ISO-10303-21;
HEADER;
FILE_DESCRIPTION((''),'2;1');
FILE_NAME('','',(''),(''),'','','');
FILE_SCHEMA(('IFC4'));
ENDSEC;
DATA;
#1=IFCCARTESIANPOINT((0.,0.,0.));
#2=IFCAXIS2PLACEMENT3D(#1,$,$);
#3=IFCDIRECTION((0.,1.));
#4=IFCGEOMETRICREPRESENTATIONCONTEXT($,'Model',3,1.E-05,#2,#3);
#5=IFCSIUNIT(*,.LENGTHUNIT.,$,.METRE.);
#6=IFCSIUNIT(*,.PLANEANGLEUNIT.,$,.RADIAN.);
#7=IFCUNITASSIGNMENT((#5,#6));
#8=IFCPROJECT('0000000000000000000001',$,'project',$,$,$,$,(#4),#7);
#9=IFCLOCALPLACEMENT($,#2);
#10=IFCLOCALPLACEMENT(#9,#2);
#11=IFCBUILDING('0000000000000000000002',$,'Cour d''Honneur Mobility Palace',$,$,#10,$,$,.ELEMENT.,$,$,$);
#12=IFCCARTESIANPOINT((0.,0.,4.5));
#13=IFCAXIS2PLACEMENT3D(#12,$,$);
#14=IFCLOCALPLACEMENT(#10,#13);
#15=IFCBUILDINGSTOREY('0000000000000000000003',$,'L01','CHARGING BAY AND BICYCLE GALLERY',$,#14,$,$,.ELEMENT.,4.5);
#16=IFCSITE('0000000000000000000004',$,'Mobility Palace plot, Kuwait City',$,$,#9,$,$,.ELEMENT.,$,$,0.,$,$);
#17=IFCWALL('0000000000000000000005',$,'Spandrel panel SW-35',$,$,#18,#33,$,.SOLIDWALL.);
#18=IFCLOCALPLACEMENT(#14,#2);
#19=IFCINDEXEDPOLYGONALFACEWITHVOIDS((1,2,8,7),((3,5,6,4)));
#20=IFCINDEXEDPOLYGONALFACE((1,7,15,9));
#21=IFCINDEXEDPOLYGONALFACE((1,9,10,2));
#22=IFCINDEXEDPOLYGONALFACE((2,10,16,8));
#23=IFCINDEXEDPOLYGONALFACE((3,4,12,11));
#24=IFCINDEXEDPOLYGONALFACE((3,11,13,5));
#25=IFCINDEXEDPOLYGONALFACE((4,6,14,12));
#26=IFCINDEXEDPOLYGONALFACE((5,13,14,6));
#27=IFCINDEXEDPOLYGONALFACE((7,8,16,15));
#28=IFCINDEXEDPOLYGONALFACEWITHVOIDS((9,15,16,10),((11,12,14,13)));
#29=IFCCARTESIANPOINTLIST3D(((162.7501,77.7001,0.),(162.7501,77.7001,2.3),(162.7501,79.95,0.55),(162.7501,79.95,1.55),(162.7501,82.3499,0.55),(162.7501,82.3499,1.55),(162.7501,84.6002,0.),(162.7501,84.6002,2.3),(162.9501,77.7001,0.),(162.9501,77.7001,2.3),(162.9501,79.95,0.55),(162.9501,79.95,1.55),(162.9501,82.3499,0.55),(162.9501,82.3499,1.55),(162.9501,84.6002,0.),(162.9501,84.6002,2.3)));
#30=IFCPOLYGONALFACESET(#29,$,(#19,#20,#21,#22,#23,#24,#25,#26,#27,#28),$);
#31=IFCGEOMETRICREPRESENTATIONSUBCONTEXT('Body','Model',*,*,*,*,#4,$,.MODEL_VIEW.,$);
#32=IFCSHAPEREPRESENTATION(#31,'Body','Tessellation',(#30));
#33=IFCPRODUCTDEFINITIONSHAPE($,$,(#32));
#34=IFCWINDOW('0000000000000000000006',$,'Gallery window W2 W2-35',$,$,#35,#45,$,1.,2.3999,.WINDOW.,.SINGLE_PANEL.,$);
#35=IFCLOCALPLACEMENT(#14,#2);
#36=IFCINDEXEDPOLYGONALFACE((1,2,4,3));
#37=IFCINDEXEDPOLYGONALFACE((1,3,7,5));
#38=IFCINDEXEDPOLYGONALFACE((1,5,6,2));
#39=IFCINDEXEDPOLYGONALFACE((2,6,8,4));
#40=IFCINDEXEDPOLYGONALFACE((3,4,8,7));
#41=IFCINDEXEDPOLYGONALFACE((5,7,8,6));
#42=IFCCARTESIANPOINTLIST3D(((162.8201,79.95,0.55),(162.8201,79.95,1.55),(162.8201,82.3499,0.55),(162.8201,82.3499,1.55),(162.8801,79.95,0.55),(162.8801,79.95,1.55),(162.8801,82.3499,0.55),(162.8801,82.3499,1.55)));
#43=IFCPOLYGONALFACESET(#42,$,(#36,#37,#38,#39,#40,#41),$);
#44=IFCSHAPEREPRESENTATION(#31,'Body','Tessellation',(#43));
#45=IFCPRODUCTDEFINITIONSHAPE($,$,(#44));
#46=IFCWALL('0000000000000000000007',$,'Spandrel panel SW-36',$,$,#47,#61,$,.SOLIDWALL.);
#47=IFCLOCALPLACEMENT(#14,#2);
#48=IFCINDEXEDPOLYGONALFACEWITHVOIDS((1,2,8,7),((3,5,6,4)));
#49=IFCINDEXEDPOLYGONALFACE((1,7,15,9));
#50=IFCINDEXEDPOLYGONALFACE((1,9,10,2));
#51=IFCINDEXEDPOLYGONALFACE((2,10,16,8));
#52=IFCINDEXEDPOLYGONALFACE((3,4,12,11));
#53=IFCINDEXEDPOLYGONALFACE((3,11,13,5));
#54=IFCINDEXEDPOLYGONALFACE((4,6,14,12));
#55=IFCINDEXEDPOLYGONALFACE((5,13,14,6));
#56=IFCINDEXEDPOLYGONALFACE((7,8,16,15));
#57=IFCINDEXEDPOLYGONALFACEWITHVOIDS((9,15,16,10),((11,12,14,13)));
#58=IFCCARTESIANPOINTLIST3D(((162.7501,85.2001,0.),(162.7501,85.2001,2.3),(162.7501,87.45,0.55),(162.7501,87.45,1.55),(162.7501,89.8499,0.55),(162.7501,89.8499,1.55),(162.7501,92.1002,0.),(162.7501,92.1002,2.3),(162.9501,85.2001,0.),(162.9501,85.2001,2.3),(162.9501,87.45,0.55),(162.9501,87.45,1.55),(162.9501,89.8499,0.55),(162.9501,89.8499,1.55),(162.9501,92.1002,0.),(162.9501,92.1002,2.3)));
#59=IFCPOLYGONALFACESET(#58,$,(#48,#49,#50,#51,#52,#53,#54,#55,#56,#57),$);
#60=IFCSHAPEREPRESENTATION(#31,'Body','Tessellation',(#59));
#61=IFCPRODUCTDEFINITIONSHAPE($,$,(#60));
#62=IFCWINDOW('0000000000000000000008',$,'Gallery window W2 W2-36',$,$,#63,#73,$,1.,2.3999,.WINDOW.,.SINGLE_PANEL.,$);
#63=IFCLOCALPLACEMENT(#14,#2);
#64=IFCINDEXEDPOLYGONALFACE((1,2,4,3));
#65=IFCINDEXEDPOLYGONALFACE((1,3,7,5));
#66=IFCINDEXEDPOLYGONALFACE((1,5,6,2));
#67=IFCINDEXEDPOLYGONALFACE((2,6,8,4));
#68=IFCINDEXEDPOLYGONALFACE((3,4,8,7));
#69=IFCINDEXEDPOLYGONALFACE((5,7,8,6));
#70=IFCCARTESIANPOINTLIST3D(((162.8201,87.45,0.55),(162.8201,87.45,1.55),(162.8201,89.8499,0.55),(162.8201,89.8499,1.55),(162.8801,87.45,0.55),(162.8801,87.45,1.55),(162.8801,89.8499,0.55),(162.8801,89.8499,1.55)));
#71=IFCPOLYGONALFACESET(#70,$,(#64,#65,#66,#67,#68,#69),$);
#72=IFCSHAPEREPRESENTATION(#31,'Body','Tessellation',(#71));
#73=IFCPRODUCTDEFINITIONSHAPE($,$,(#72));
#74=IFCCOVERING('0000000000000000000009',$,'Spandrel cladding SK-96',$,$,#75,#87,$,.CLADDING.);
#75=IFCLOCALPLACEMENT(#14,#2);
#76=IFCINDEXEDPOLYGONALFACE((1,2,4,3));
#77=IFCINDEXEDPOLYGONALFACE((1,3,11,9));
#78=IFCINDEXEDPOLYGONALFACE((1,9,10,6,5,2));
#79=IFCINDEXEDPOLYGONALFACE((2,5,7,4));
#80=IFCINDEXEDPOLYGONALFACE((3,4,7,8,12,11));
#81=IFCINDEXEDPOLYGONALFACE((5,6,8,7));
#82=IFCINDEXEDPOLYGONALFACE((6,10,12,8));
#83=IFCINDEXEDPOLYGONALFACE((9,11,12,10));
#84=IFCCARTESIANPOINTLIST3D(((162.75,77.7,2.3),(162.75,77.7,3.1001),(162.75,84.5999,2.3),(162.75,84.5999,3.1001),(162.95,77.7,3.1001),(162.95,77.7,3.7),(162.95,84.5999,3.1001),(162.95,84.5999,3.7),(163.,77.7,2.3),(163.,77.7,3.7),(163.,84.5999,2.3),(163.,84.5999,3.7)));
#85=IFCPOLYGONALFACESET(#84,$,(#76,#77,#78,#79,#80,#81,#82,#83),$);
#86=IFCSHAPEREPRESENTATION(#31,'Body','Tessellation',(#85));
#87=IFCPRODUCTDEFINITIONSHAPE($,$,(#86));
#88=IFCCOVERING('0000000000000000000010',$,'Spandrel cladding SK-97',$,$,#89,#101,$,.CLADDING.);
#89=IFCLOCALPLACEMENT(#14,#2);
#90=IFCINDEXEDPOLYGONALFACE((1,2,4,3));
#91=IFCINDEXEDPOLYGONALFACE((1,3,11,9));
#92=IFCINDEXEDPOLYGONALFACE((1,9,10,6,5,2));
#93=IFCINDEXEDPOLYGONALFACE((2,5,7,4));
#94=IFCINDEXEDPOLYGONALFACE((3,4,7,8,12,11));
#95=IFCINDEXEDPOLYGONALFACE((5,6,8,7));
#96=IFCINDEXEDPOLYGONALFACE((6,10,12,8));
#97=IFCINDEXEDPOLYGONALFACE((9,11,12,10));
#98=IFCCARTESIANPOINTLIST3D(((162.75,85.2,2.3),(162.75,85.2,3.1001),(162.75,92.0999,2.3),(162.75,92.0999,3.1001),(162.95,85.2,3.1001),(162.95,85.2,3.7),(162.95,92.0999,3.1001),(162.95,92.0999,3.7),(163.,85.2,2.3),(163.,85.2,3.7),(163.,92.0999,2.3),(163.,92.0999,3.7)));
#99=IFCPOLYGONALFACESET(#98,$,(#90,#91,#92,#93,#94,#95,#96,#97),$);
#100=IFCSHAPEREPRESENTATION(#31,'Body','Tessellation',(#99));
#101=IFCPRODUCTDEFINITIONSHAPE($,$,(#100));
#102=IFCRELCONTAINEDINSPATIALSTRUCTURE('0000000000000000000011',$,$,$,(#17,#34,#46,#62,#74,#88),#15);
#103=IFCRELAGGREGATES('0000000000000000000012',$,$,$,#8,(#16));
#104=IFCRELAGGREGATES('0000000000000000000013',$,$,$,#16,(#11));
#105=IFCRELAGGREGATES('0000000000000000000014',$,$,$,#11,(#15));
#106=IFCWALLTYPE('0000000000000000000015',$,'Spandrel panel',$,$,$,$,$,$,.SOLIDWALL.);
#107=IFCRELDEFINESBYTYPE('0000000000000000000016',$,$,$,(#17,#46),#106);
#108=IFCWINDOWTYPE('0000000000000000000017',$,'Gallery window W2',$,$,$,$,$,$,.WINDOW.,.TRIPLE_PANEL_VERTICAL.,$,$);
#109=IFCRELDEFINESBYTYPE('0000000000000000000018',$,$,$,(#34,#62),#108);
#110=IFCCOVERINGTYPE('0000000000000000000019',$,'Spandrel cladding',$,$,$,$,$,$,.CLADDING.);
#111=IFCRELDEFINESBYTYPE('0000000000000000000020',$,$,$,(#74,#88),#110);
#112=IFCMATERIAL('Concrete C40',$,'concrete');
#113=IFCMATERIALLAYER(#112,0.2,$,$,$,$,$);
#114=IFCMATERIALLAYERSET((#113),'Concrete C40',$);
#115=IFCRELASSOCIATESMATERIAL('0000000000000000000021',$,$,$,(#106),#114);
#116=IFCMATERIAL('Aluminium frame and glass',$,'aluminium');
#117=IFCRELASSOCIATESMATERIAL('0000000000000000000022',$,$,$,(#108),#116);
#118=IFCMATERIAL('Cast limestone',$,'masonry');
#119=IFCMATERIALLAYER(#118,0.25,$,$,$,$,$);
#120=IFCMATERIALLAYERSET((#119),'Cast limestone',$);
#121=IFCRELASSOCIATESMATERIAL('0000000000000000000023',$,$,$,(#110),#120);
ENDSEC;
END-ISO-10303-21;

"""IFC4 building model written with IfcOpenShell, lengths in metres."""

from ifc_helpers import new_model, si_unit, direction, frame, frame_2d, origin, place, context, subcontext, project, spatial, polyline, rectangle, outline, extrude, material, layer, layer_set, type_object, element, fill, save


model = new_model("IFC4")

# Units and contexts
model_context = context("Model", 3, precision=1e-05, world=origin(), true_north=direction((0.0, 1.0)))
body_context = subcontext(model_context, "Body", "Model", "MODEL_VIEW")
ifc_project = project(units=[si_unit("LENGTHUNIT", "METRE"), si_unit("PLANEANGLEUNIT", "RADIAN")], contexts=[model_context])

# Site, building, storey
site_placement = place(None, origin())
site = spatial("IfcSite", under=ifc_project, at=site_placement, Name="Mobility Palace plot, Kuwait City", CompositionType="ELEMENT", RefElevation=0.0)
building_placement = place(site_placement, origin())
building = spatial("IfcBuilding", under=site, at=building_placement, Name="Cour d'Honneur Mobility Palace", CompositionType="ELEMENT")
storey_placement = place(building_placement, frame((0.0, 0.0, 4.5)))
storey = spatial("IfcBuildingStorey", under=building, at=storey_placement, Name="L01", Description="CHARGING BAY AND BICYCLE GALLERY", CompositionType="ELEMENT", Elevation=4.5)

# Walls, openings, windows
ifc_material_1 = material(Name="Concrete C40", Category="concrete")
ifc_layer_1 = layer(ifc_material_1, 0.2)
ifc_layer_set_1 = layer_set([ifc_layer_1], Name="Concrete C40")
wall_type_1 = type_object("IfcWallType", Name="Spandrel panel", PredefinedType="SOLIDWALL", material=ifc_layer_set_1)
wall_1_placement = place(storey_placement, frame((162.8501, 77.7, 0.0), z_axis=(0.0, 0.0, 1.0), x_axis=(0.0, 1.0, 0.0)))
wall_1 = element("IfcWall", 1, at=wall_1_placement, inside=storey, type_object=wall_type_1, Name="Spandrel panel SW-35", PredefinedType="SOLIDWALL", context=body_context, shape_type="SweptSolid", body=[
    extrude(rectangle(XDim=6.9001, YDim=0.2, at=frame_2d((3.4502, 0.0))), origin(), (0.0, 0.0, 1.0), 2.3),
])
opening_1_placement = place(wall_1_placement, frame((2.25, 0.0, 0.55)))
opening_1 = element("IfcOpeningElement", 2, at=opening_1_placement, cuts=wall_1, PredefinedType="OPENING", context=body_context, shape_type="SweptSolid", body=[
    extrude(rectangle(XDim=2.3999, YDim=1.0, at=frame_2d((1.2, 0.5))), frame((0.0, 0.1099, 0.0), z_axis=(0.0, -1.0, 0.0), x_axis=(1.0, 0.0, 0.0)), (0.0, 0.0, 1.0), 0.22),
])
ifc_material_2 = material(Name="Aluminium frame and glass", Category="aluminium")
window_type = type_object("IfcWindowType", Name="Gallery window W2", PartitioningType="TRIPLE_PANEL_VERTICAL", PredefinedType="WINDOW", material=ifc_material_2)
window_1_placement = place(opening_1_placement, origin())
window_1 = element("IfcWindow", 3, at=window_1_placement, inside=storey, type_object=window_type, Name="Gallery window W2 W2-35", OverallHeight=1.0, OverallWidth=2.3999, PartitioningType="SINGLE_PANEL", PredefinedType="WINDOW", context=body_context, shape_type="SweptSolid", body=[
    extrude(rectangle(XDim=2.3999, YDim=1.0, at=frame_2d((1.2, 0.5))), frame((0.0, 0.03, 0.0), z_axis=(0.0, -1.0, 0.0), x_axis=(1.0, 0.0, 0.0)), (0.0, 0.0, 1.0), 0.0601),
])
fill(opening_1, window_1)
wall_2_placement = place(storey_placement, frame((162.8501, 85.2, 0.0), z_axis=(0.0, 0.0, 1.0), x_axis=(0.0, 1.0, 0.0)))
wall_2 = element("IfcWall", 4, at=wall_2_placement, inside=storey, type_object=wall_type_1, Name="Spandrel panel SW-36", PredefinedType="SOLIDWALL", context=body_context, shape_type="SweptSolid", body=[
    extrude(rectangle(XDim=6.9001, YDim=0.2, at=frame_2d((3.4502, 0.0))), origin(), (0.0, 0.0, 1.0), 2.3),
])
opening_2_placement = place(wall_2_placement, frame((2.25, 0.0, 0.55)))
opening_2 = element("IfcOpeningElement", 5, at=opening_2_placement, cuts=wall_2, PredefinedType="OPENING", context=body_context, shape_type="SweptSolid", body=[
    extrude(rectangle(XDim=2.3999, YDim=1.0, at=frame_2d((1.2, 0.5))), frame((0.0, 0.1099, 0.0), z_axis=(0.0, -1.0, 0.0), x_axis=(1.0, 0.0, 0.0)), (0.0, 0.0, 1.0), 0.22),
])
window_2_placement = place(opening_2_placement, origin())
window_2 = element("IfcWindow", 6, at=window_2_placement, inside=storey, type_object=window_type, Name="Gallery window W2 W2-36", OverallHeight=1.0, OverallWidth=2.3999, PartitioningType="SINGLE_PANEL", PredefinedType="WINDOW", context=body_context, shape_type="SweptSolid", body=[
    extrude(rectangle(XDim=2.3999, YDim=1.0, at=frame_2d((1.2, 0.5))), frame((0.0, 0.03, 0.0), z_axis=(0.0, -1.0, 0.0), x_axis=(1.0, 0.0, 0.0)), (0.0, 0.0, 1.0), 0.0601),
])
fill(opening_2, window_2)

# Coverings
ifc_material_3 = material(Name="Cast limestone", Category="masonry")
ifc_layer_2 = layer(ifc_material_3, 0.25)
ifc_layer_set_2 = layer_set([ifc_layer_2], Name="Cast limestone")
covering_type = type_object("IfcCoveringType", Name="Spandrel cladding", PredefinedType="CLADDING", material=ifc_layer_set_2)
for number, where, z_axis, x_axis, name in (
    (7, (162.75, 77.7, 2.3), (0.0, -1.0, 0.0), (1.0, 0.0, 0.0), "Spandrel cladding SK-96"),
    (8, (162.75, 85.2, 2.3), (0.0, -1.0, 0.0), (1.0, 0.0, 0.0), "Spandrel cladding SK-97"),
):
    element("IfcCovering", number, at=place(storey_placement, frame(where, z_axis=z_axis, x_axis=x_axis)), inside=storey, type_object=covering_type, Name=name, PredefinedType="CLADDING", context=body_context, shape_type="SweptSolid", body=[
        extrude(outline(polyline([(0.0, 0.0), (0.25, 0.0), (0.25, 1.3999), (0.2, 1.3999), (0.2, 0.8), (0.0, 0.8), (0.0, 0.0)])), origin(), (0.0, 0.0, -1.0), 6.8999),
    ])

save(model, "model.ifc")
